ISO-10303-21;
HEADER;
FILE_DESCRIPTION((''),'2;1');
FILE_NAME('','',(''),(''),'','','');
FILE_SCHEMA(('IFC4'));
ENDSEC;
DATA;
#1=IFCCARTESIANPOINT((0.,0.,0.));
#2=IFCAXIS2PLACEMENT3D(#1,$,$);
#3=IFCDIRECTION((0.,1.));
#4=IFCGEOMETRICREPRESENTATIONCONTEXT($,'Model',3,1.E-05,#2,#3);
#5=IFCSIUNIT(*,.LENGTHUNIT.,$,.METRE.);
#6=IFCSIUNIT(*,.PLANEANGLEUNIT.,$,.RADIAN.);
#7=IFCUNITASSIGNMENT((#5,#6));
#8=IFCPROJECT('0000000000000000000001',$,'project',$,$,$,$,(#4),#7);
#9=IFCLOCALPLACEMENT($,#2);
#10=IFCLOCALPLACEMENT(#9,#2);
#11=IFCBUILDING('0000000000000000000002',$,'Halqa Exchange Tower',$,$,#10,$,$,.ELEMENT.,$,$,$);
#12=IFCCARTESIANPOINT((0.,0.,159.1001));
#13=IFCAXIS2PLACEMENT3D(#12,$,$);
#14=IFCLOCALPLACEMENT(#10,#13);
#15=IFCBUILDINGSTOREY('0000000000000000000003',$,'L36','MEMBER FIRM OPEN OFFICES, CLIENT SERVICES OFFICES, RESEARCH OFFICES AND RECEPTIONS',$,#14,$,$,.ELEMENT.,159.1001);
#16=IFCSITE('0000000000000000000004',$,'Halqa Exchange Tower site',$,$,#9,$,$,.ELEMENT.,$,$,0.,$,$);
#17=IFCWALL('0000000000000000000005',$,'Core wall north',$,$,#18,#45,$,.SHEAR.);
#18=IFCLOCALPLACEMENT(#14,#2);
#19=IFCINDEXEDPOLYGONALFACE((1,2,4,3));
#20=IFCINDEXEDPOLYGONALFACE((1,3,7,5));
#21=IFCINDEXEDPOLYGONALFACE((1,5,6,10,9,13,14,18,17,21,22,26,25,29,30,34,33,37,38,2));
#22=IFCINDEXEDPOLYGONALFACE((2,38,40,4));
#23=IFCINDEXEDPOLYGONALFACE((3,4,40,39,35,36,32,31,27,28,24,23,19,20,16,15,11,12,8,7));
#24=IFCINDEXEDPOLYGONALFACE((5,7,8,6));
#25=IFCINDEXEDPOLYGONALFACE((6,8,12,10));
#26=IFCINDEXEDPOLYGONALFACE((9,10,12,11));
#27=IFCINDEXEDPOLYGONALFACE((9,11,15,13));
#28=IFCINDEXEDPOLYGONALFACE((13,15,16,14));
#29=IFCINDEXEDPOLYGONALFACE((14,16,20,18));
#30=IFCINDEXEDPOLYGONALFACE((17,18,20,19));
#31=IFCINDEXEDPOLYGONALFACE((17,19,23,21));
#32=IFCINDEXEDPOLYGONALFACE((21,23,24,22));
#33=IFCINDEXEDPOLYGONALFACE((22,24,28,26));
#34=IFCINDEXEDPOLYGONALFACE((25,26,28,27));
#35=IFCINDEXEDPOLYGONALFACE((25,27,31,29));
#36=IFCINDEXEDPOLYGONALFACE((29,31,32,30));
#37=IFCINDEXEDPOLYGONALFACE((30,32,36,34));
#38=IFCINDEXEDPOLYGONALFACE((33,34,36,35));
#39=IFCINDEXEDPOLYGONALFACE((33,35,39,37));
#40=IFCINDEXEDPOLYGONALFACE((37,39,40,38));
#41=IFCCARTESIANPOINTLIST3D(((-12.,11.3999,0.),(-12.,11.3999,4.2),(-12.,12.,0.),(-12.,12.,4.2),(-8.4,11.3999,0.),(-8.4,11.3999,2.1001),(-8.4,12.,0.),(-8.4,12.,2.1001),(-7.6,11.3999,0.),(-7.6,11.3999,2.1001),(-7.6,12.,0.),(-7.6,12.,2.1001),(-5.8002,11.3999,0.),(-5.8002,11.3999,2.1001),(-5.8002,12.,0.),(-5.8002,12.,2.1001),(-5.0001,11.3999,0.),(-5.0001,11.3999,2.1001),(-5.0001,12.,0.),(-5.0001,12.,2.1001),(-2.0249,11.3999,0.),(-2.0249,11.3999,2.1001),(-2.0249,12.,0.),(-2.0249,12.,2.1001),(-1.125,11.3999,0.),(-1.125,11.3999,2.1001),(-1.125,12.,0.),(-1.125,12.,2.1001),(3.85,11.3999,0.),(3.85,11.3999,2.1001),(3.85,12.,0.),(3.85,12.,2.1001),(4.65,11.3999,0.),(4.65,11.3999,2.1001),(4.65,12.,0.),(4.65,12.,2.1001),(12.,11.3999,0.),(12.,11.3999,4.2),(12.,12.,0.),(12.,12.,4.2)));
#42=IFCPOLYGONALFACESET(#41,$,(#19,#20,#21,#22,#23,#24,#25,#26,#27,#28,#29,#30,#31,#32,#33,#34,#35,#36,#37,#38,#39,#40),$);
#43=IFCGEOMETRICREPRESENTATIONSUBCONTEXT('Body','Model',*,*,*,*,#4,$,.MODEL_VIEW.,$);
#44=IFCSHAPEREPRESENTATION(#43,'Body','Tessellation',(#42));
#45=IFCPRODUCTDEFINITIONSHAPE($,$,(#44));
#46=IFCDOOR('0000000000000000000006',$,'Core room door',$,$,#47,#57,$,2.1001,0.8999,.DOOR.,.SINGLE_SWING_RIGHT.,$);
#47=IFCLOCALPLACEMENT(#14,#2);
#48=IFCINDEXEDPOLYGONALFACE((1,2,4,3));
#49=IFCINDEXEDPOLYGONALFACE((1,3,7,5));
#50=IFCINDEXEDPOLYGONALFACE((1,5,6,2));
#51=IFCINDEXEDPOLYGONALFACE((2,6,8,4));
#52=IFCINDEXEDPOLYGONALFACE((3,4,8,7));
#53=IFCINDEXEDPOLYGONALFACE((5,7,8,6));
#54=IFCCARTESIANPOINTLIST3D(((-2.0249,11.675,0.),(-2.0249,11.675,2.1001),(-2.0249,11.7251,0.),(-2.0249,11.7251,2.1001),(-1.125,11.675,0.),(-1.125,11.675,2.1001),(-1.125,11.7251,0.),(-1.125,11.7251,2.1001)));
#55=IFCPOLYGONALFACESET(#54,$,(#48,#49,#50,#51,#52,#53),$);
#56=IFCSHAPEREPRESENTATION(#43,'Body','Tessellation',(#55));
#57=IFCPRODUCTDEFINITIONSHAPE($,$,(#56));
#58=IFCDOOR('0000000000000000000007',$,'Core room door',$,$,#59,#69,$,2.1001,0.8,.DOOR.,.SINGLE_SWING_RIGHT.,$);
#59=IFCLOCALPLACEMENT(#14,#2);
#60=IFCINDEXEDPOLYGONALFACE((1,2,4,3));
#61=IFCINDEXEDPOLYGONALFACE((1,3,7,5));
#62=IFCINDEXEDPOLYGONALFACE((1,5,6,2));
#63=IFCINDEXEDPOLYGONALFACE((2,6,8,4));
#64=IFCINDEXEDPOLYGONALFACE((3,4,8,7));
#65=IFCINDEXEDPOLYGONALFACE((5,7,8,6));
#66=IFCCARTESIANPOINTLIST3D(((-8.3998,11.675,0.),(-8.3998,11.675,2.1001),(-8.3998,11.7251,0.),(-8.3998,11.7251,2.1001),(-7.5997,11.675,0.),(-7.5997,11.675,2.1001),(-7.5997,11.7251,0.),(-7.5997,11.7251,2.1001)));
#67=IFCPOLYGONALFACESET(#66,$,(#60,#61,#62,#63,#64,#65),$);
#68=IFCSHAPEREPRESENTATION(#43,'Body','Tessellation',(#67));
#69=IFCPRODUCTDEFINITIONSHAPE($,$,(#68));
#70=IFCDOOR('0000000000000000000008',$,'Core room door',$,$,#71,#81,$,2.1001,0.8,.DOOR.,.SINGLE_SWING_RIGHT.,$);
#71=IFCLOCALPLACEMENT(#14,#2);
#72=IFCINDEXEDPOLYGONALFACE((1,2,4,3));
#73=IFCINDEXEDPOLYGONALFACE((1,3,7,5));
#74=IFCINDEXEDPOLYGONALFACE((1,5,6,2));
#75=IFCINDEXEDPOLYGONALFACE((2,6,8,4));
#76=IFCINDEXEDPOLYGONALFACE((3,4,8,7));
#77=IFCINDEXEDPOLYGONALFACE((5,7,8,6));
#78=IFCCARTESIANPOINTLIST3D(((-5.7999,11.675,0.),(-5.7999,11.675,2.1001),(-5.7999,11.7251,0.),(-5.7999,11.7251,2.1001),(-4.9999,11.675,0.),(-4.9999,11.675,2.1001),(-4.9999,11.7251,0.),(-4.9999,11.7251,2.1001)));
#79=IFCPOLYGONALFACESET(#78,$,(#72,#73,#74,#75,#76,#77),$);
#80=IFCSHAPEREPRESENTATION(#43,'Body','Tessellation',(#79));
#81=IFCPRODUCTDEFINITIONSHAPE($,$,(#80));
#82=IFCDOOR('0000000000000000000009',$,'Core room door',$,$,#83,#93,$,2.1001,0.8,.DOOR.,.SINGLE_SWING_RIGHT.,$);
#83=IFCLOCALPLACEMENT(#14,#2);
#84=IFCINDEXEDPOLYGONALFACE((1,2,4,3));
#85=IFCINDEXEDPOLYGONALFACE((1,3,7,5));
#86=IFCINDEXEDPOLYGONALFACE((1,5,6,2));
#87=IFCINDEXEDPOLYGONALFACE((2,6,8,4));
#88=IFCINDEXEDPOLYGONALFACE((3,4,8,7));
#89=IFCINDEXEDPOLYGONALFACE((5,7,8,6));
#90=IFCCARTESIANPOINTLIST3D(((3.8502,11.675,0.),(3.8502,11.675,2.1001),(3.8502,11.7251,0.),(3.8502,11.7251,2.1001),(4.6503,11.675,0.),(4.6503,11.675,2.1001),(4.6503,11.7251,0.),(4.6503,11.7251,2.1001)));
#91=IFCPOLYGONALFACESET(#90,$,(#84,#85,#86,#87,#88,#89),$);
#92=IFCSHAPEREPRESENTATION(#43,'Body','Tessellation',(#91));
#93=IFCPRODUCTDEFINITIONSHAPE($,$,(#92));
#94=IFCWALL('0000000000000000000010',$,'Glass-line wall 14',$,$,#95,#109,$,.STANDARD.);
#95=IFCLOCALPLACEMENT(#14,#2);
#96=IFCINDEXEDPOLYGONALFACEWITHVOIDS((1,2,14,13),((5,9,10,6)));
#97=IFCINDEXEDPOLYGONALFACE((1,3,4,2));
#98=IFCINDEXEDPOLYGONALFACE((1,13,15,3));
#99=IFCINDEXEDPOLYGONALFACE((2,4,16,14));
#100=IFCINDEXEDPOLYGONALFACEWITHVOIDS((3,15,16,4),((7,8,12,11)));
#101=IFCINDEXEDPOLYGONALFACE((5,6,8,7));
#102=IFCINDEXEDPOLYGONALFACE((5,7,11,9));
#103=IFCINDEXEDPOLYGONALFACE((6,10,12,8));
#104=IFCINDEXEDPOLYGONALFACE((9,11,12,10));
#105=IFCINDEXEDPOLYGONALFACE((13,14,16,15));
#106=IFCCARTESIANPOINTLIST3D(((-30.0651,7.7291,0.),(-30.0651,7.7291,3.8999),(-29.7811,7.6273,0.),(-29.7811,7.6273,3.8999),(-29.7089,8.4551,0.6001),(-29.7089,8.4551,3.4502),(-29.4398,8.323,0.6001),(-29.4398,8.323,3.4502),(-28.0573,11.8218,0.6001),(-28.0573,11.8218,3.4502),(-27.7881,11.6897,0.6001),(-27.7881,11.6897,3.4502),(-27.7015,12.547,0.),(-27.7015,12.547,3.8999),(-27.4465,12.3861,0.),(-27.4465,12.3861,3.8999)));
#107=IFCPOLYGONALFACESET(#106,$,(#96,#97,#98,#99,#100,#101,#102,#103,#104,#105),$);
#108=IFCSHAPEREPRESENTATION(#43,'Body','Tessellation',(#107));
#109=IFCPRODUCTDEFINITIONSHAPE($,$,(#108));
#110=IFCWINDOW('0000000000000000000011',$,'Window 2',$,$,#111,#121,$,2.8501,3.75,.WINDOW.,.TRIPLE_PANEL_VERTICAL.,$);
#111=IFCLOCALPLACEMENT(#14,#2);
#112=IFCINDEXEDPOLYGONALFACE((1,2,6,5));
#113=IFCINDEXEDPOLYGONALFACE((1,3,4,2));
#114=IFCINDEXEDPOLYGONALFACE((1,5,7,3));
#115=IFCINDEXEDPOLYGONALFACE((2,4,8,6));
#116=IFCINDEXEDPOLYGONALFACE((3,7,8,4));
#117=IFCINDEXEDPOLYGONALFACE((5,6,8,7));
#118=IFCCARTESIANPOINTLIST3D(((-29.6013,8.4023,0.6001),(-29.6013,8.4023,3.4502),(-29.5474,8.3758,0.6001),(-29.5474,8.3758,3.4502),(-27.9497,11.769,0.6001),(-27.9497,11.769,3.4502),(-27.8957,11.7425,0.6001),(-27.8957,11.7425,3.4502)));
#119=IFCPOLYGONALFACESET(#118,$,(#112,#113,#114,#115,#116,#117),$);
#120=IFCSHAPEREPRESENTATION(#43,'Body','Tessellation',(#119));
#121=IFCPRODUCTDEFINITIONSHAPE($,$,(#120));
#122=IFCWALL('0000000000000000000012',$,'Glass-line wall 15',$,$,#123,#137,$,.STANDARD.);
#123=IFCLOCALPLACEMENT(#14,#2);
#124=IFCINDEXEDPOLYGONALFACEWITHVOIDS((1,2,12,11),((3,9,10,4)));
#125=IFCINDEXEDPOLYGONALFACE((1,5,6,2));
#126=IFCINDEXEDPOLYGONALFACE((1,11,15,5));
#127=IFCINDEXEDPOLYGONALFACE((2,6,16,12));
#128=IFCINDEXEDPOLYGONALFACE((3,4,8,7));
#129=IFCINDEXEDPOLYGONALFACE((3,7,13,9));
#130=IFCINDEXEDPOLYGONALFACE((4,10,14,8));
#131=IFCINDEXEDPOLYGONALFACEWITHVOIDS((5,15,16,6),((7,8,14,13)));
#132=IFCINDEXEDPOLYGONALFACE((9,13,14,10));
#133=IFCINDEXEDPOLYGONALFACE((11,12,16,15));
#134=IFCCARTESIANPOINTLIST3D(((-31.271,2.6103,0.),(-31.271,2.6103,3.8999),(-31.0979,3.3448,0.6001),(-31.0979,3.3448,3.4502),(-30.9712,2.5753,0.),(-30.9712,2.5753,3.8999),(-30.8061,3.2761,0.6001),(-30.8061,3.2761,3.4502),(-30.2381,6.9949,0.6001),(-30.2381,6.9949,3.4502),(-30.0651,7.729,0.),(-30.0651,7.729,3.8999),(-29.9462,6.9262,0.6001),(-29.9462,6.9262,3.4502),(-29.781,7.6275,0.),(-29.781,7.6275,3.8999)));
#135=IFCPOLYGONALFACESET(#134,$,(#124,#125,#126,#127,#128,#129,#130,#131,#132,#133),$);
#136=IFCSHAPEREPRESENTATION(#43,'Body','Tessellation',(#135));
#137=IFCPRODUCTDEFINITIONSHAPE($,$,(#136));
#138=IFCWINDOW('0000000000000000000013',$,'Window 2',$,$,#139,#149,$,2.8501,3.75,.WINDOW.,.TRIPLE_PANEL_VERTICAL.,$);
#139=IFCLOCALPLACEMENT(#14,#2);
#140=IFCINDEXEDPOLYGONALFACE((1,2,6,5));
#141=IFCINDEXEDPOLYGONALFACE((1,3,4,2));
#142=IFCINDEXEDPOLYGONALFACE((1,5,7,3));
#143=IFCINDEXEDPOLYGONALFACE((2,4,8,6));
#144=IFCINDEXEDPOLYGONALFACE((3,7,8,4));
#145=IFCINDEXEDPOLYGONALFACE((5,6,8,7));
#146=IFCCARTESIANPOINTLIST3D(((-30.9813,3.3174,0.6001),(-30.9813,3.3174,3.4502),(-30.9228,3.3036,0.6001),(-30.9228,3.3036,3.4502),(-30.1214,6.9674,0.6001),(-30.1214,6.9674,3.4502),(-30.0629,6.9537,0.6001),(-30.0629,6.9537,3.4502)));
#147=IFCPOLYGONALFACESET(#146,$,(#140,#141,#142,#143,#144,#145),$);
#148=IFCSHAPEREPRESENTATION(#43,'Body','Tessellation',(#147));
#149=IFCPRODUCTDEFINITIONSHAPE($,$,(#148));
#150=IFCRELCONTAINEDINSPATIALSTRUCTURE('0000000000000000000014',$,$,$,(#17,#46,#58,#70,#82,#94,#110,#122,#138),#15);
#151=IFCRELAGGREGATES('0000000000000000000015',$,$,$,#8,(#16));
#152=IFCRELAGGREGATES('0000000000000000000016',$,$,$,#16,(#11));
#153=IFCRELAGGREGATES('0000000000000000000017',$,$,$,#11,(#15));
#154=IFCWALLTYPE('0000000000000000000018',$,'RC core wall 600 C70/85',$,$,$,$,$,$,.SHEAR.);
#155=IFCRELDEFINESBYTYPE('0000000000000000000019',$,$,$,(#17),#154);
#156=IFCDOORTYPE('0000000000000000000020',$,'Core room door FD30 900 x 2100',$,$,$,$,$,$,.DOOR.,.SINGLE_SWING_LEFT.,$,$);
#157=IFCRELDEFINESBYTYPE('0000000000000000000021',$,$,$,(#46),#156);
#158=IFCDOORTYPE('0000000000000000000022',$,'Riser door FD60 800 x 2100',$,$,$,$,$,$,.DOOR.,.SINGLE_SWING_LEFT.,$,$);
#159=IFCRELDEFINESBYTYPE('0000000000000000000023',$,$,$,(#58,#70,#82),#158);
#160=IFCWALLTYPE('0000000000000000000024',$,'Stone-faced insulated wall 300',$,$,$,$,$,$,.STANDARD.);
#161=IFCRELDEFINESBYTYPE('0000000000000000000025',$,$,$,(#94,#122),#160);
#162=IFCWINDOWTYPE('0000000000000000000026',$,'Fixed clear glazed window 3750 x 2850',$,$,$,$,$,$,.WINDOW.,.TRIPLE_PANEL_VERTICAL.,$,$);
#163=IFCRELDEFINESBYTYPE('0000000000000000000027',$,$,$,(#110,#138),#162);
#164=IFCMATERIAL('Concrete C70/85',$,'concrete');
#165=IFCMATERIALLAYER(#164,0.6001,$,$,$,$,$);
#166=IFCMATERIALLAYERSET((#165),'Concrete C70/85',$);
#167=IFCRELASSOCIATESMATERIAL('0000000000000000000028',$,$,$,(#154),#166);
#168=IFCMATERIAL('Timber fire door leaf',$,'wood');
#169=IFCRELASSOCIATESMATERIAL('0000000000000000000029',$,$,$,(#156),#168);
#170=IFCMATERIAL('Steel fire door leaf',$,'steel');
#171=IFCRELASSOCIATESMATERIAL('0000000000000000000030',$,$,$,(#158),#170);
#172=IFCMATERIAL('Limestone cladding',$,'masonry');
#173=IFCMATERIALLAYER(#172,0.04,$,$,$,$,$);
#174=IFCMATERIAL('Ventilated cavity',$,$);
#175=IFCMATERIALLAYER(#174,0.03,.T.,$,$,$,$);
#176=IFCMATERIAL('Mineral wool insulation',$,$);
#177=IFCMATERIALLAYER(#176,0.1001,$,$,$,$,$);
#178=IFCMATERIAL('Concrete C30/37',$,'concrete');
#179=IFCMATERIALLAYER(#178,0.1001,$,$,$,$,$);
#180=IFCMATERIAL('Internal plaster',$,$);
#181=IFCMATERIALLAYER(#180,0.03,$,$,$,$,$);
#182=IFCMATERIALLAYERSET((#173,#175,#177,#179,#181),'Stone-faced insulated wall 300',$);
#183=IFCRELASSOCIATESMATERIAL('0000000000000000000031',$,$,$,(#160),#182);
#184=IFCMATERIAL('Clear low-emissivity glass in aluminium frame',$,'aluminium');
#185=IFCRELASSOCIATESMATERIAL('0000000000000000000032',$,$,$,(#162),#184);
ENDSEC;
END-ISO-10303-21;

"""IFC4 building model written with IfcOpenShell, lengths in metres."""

from ifc_helpers import new_model, si_unit, direction, frame, frame_2d, origin, place, context, subcontext, project, spatial, polyline, rectangle, outline, extrude, material, layer, layer_set, type_object, element, fill, save


model = new_model("IFC4")

# Units and contexts
model_context = context("Model", 3, precision=1e-05, world=origin(), true_north=direction((0.0, 1.0)))
body_context = subcontext(model_context, "Body", "Model", "MODEL_VIEW")
ifc_project = project(units=[si_unit("LENGTHUNIT", "METRE"), si_unit("PLANEANGLEUNIT", "RADIAN")], contexts=[model_context])

# Site, building, storey
site_placement = place(None, origin())
site = spatial("IfcSite", under=ifc_project, at=site_placement, Name="Halqa Exchange Tower site", CompositionType="ELEMENT", RefElevation=0.0)
building_placement = place(site_placement, origin())
building = spatial("IfcBuilding", under=site, at=building_placement, Name="Halqa Exchange Tower", CompositionType="ELEMENT")
storey_placement = place(building_placement, frame((0.0, 0.0, 159.1001)))
storey = spatial("IfcBuildingStorey", under=building, at=storey_placement, Name="L36", Description="MEMBER FIRM OPEN OFFICES, CLIENT SERVICES OFFICES, RESEARCH OFFICES AND RECEPTIONS", CompositionType="ELEMENT", Elevation=159.1001)

# Shared definitions
ifc_material_1 = material(Name="Concrete C70/85", Category="concrete")

# Wall, openings, doors
ifc_layer_1 = layer(ifc_material_1, 0.6001)
ifc_layer_set_1 = layer_set([ifc_layer_1], Name="Concrete C70/85")
wall_type_1 = type_object("IfcWallType", Name="RC core wall 600 C70/85", PredefinedType="SHEAR", material=ifc_layer_set_1)
wall_1_placement = place(storey_placement, frame((-12.0, 11.7, 0.0), z_axis=(0.0, 0.0, 1.0), x_axis=(1.0, 0.0, 0.0)))
wall_1 = element("IfcWall", 1, at=wall_1_placement, inside=storey, type_object=wall_type_1, Name="Core wall north", PredefinedType="SHEAR", context=body_context, shape_type="SweptSolid", body=[
    extrude(rectangle(XDim=24.0, YDim=0.6001, at=frame_2d((12.0, 0.0))), origin(), (0.0, 0.0, 1.0), 4.2),
])
opening_1_placement = place(wall_1_placement, frame((9.9751, 0.0, 0.0)))
opening_1 = element("IfcOpeningElement", 2, at=opening_1_placement, cuts=wall_1, PredefinedType="OPENING", context=body_context, shape_type="SweptSolid", body=[
    extrude(rectangle(XDim=0.8999, YDim=2.1001, at=frame_2d((0.45, 1.05))), frame((0.0, 0.312, 0.0), z_axis=(0.0, -1.0, 0.0), x_axis=(1.0, 0.0, 0.0)), (0.0, 0.0, 1.0), 0.624),
])
opening_2_placement = place(wall_1_placement, frame((3.6001, 0.0, 0.0)))
opening_2 = element("IfcOpeningElement", 3, at=opening_2_placement, cuts=wall_1, PredefinedType="OPENING", context=body_context, shape_type="SweptSolid", body=[
    extrude(rectangle(XDim=0.8, YDim=2.1001, at=frame_2d((0.3999, 1.05))), frame((0.0, 0.312, 0.0), z_axis=(0.0, -1.0, 0.0), x_axis=(1.0, 0.0, 0.0)), (0.0, 0.0, 1.0), 0.624),
])
opening_3_placement = place(wall_1_placement, frame((6.2, 0.0, 0.0)))
opening_3 = element("IfcOpeningElement", 4, at=opening_3_placement, cuts=wall_1, PredefinedType="OPENING", context=body_context, shape_type="SweptSolid", body=[
    extrude(rectangle(XDim=0.8, YDim=2.1001, at=frame_2d((0.3999, 1.05))), frame((0.0, 0.312, 0.0), z_axis=(0.0, -1.0, 0.0), x_axis=(1.0, 0.0, 0.0)), (0.0, 0.0, 1.0), 0.624),
])
opening_4_placement = place(wall_1_placement, frame((15.8501, 0.0, 0.0)))
opening_4 = element("IfcOpeningElement", 5, at=opening_4_placement, cuts=wall_1, PredefinedType="OPENING", context=body_context, shape_type="SweptSolid", body=[
    extrude(rectangle(XDim=0.8, YDim=2.1001, at=frame_2d((0.3999, 1.05))), frame((0.0, 0.312, 0.0), z_axis=(0.0, -1.0, 0.0), x_axis=(1.0, 0.0, 0.0)), (0.0, 0.0, 1.0), 0.624),
])
ifc_material_2 = material(Name="Timber fire door leaf", Category="wood")
door_type_1 = type_object("IfcDoorType", Name="Core room door FD30 900 x 2100", OperationType="SINGLE_SWING_LEFT", PredefinedType="DOOR", material=ifc_material_2)
door_1_placement = place(opening_1_placement, frame((0.8999, 0.0, 0.0), z_axis=(0.0, 0.0, 1.0), x_axis=(-1.0, 0.0, 0.0)))
door_1 = element("IfcDoor", 6, at=door_1_placement, inside=storey, type_object=door_type_1, Name="Core room door", OperationType="SINGLE_SWING_RIGHT", OverallHeight=2.1001, OverallWidth=0.8999, PredefinedType="DOOR", context=body_context, shape_type="SweptSolid", body=[
    extrude(rectangle(XDim=0.8999, YDim=2.1001, at=frame_2d((0.45, 1.05))), frame((0.0, 0.0249, 0.0), z_axis=(0.0, -1.0, 0.0), x_axis=(1.0, 0.0, 0.0)), (0.0, 0.0, 1.0), 0.05),
])
fill(opening_1, door_1)
ifc_material_3 = material(Name="Steel fire door leaf", Category="steel")
door_type_2 = type_object("IfcDoorType", Name="Riser door FD60 800 x 2100", OperationType="SINGLE_SWING_LEFT", PredefinedType="DOOR", material=ifc_material_3)
door_2_placement = place(opening_2_placement, frame((0.8, 0.0, 0.0), z_axis=(0.0, 0.0, 1.0), x_axis=(-1.0, 0.0, 0.0)))
door_2 = element("IfcDoor", 7, at=door_2_placement, inside=storey, type_object=door_type_2, Name="Core room door", OperationType="SINGLE_SWING_RIGHT", OverallHeight=2.1001, OverallWidth=0.8, PredefinedType="DOOR", context=body_context, shape_type="SweptSolid", body=[
    extrude(rectangle(XDim=0.8, YDim=2.1001, at=frame_2d((0.3999, 1.05))), frame((0.0, 0.0249, 0.0), z_axis=(0.0, -1.0, 0.0), x_axis=(1.0, 0.0, 0.0)), (0.0, 0.0, 1.0), 0.05),
])
fill(opening_2, door_2)
door_3_placement = place(opening_3_placement, frame((0.8, 0.0, 0.0), z_axis=(0.0, 0.0, 1.0), x_axis=(-1.0, 0.0, 0.0)))
door_3 = element("IfcDoor", 8, at=door_3_placement, inside=storey, type_object=door_type_2, Name="Core room door", OperationType="SINGLE_SWING_RIGHT", OverallHeight=2.1001, OverallWidth=0.8, PredefinedType="DOOR", context=body_context, shape_type="SweptSolid", body=[
    extrude(rectangle(XDim=0.8, YDim=2.1001, at=frame_2d((0.3999, 1.05))), frame((0.0, 0.0249, 0.0), z_axis=(0.0, -1.0, 0.0), x_axis=(1.0, 0.0, 0.0)), (0.0, 0.0, 1.0), 0.05),
])
fill(opening_3, door_3)
door_4_placement = place(opening_4_placement, frame((0.8, 0.0, 0.0), z_axis=(0.0, 0.0, 1.0), x_axis=(-1.0, 0.0, 0.0)))
door_4 = element("IfcDoor", 9, at=door_4_placement, inside=storey, type_object=door_type_2, Name="Core room door", OperationType="SINGLE_SWING_RIGHT", OverallHeight=2.1001, OverallWidth=0.8, PredefinedType="DOOR", context=body_context, shape_type="SweptSolid", body=[
    extrude(rectangle(XDim=0.8, YDim=2.1001, at=frame_2d((0.3999, 1.05))), frame((0.0, 0.0249, 0.0), z_axis=(0.0, -1.0, 0.0), x_axis=(1.0, 0.0, 0.0)), (0.0, 0.0, 1.0), 0.05),
])
fill(opening_4, door_4)

# Walls, openings, windows
ifc_material_4 = material(Name="Limestone cladding", Category="masonry")
ifc_layer_2 = layer(ifc_material_4, 0.04)
ifc_material_5 = material(Name="Ventilated cavity")
ifc_layer_3 = layer(ifc_material_5, 0.03, ventilated=True)
ifc_material_6 = material(Name="Mineral wool insulation")
ifc_layer_4 = layer(ifc_material_6, 0.1001)
ifc_material_7 = material(Name="Concrete C30/37", Category="concrete")
ifc_layer_5 = layer(ifc_material_7, 0.1001)
ifc_material_8 = material(Name="Internal plaster")
ifc_layer_6 = layer(ifc_material_8, 0.03)
ifc_layer_set_2 = layer_set([ifc_layer_2, ifc_layer_3, ifc_layer_4, ifc_layer_5, ifc_layer_6], Name="Stone-faced insulated wall 300")
wall_type_2 = type_object("IfcWallType", Name="Stone-faced insulated wall 300", PredefinedType="STANDARD", material=ifc_layer_set_2)
wall_2_placement = place(storey_placement, frame((-27.574, 12.4666, 0.0), z_axis=(0.0, 0.0, 1.0), x_axis=(-0.440444, -0.89778, 0.0)))
wall_2 = element("IfcWall", 10, at=wall_2_placement, inside=storey, type_object=wall_type_2, Name="Glass-line wall 14", PredefinedType="STANDARD", context=body_context, shape_type="SweptSolid", body=[
    extrude(outline(polyline([(-0.0161, -0.1499), (5.3503, -0.1499), (5.3167, 0.1499), (0.0161, 0.1499), (-0.0161, -0.1499)])), origin(), (0.0, 0.0, 1.0), 3.8999),
])
opening_5_placement = place(wall_2_placement, frame((0.7917, 0.0, 0.6001)))
opening_5 = element("IfcOpeningElement", 11, at=opening_5_placement, cuts=wall_2, PredefinedType="OPENING", context=body_context, shape_type="SweptSolid", body=[
    extrude(rectangle(XDim=3.75, YDim=2.8501, at=frame_2d((1.875, 1.425))), frame((0.0, 0.1621, 0.0), z_axis=(0.0, -1.0, 0.0), x_axis=(1.0, 0.0, 0.0)), (0.0, 0.0, 1.0), 0.324),
])
ifc_material_9 = material(Name="Clear low-emissivity glass in aluminium frame", Category="aluminium")
window_type = type_object("IfcWindowType", Name="Fixed clear glazed window 3750 x 2850", PartitioningType="TRIPLE_PANEL_VERTICAL", PredefinedType="WINDOW", material=ifc_material_9)
window_1_placement = place(opening_5_placement, origin())
window_1 = element("IfcWindow", 12, at=window_1_placement, inside=storey, type_object=window_type, Name="Window 2", OverallHeight=2.8501, OverallWidth=3.75, PartitioningType="TRIPLE_PANEL_VERTICAL", PredefinedType="WINDOW", context=body_context, shape_type="SweptSolid", body=[
    extrude(rectangle(XDim=3.75, YDim=2.8501, at=frame_2d((1.875, 1.425))), frame((0.0, 0.03, 0.0), z_axis=(0.0, -1.0, 0.0), x_axis=(1.0, 0.0, 0.0)), (0.0, 0.0, 1.0), 0.0601),
])
fill(opening_5, window_1)
wall_3_placement = place(storey_placement, frame((-29.9231, 7.6782, 0.0), z_axis=(0.0, 0.0, 1.0), x_axis=(-0.229297, -0.973356, 0.0)))
wall_3 = element("IfcWall", 13, at=wall_3_placement, inside=storey, type_object=wall_type_2, Name="Glass-line wall 15", PredefinedType="STANDARD", context=body_context, shape_type="SweptSolid", body=[
    extrude(outline(polyline([(-0.0168, -0.1499), (5.2419, -0.1499), (5.2073, 0.1499), (0.0168, 0.1499), (-0.0168, -0.1499)])), origin(), (0.0, 0.0, 1.0), 3.8999),
])
opening_6_placement = place(wall_3_placement, frame((0.7373, 0.0, 0.6001)))
opening_6 = element("IfcOpeningElement", 14, at=opening_6_placement, cuts=wall_3, PredefinedType="OPENING", context=body_context, shape_type="SweptSolid", body=[
    extrude(rectangle(XDim=3.75, YDim=2.8501, at=frame_2d((1.875, 1.425))), frame((0.0, 0.1621, 0.0), z_axis=(0.0, -1.0, 0.0), x_axis=(1.0, 0.0, 0.0)), (0.0, 0.0, 1.0), 0.324),
])
window_2_placement = place(opening_6_placement, origin())
window_2 = element("IfcWindow", 15, at=window_2_placement, inside=storey, type_object=window_type, Name="Window 2", OverallHeight=2.8501, OverallWidth=3.75, PartitioningType="TRIPLE_PANEL_VERTICAL", PredefinedType="WINDOW", context=body_context, shape_type="SweptSolid", body=[
    extrude(rectangle(XDim=3.75, YDim=2.8501, at=frame_2d((1.875, 1.425))), frame((0.0, 0.03, 0.0), z_axis=(0.0, -1.0, 0.0), x_axis=(1.0, 0.0, 0.0)), (0.0, 0.0, 1.0), 0.0601),
])
fill(opening_6, window_2)

save(model, "model.ifc")
